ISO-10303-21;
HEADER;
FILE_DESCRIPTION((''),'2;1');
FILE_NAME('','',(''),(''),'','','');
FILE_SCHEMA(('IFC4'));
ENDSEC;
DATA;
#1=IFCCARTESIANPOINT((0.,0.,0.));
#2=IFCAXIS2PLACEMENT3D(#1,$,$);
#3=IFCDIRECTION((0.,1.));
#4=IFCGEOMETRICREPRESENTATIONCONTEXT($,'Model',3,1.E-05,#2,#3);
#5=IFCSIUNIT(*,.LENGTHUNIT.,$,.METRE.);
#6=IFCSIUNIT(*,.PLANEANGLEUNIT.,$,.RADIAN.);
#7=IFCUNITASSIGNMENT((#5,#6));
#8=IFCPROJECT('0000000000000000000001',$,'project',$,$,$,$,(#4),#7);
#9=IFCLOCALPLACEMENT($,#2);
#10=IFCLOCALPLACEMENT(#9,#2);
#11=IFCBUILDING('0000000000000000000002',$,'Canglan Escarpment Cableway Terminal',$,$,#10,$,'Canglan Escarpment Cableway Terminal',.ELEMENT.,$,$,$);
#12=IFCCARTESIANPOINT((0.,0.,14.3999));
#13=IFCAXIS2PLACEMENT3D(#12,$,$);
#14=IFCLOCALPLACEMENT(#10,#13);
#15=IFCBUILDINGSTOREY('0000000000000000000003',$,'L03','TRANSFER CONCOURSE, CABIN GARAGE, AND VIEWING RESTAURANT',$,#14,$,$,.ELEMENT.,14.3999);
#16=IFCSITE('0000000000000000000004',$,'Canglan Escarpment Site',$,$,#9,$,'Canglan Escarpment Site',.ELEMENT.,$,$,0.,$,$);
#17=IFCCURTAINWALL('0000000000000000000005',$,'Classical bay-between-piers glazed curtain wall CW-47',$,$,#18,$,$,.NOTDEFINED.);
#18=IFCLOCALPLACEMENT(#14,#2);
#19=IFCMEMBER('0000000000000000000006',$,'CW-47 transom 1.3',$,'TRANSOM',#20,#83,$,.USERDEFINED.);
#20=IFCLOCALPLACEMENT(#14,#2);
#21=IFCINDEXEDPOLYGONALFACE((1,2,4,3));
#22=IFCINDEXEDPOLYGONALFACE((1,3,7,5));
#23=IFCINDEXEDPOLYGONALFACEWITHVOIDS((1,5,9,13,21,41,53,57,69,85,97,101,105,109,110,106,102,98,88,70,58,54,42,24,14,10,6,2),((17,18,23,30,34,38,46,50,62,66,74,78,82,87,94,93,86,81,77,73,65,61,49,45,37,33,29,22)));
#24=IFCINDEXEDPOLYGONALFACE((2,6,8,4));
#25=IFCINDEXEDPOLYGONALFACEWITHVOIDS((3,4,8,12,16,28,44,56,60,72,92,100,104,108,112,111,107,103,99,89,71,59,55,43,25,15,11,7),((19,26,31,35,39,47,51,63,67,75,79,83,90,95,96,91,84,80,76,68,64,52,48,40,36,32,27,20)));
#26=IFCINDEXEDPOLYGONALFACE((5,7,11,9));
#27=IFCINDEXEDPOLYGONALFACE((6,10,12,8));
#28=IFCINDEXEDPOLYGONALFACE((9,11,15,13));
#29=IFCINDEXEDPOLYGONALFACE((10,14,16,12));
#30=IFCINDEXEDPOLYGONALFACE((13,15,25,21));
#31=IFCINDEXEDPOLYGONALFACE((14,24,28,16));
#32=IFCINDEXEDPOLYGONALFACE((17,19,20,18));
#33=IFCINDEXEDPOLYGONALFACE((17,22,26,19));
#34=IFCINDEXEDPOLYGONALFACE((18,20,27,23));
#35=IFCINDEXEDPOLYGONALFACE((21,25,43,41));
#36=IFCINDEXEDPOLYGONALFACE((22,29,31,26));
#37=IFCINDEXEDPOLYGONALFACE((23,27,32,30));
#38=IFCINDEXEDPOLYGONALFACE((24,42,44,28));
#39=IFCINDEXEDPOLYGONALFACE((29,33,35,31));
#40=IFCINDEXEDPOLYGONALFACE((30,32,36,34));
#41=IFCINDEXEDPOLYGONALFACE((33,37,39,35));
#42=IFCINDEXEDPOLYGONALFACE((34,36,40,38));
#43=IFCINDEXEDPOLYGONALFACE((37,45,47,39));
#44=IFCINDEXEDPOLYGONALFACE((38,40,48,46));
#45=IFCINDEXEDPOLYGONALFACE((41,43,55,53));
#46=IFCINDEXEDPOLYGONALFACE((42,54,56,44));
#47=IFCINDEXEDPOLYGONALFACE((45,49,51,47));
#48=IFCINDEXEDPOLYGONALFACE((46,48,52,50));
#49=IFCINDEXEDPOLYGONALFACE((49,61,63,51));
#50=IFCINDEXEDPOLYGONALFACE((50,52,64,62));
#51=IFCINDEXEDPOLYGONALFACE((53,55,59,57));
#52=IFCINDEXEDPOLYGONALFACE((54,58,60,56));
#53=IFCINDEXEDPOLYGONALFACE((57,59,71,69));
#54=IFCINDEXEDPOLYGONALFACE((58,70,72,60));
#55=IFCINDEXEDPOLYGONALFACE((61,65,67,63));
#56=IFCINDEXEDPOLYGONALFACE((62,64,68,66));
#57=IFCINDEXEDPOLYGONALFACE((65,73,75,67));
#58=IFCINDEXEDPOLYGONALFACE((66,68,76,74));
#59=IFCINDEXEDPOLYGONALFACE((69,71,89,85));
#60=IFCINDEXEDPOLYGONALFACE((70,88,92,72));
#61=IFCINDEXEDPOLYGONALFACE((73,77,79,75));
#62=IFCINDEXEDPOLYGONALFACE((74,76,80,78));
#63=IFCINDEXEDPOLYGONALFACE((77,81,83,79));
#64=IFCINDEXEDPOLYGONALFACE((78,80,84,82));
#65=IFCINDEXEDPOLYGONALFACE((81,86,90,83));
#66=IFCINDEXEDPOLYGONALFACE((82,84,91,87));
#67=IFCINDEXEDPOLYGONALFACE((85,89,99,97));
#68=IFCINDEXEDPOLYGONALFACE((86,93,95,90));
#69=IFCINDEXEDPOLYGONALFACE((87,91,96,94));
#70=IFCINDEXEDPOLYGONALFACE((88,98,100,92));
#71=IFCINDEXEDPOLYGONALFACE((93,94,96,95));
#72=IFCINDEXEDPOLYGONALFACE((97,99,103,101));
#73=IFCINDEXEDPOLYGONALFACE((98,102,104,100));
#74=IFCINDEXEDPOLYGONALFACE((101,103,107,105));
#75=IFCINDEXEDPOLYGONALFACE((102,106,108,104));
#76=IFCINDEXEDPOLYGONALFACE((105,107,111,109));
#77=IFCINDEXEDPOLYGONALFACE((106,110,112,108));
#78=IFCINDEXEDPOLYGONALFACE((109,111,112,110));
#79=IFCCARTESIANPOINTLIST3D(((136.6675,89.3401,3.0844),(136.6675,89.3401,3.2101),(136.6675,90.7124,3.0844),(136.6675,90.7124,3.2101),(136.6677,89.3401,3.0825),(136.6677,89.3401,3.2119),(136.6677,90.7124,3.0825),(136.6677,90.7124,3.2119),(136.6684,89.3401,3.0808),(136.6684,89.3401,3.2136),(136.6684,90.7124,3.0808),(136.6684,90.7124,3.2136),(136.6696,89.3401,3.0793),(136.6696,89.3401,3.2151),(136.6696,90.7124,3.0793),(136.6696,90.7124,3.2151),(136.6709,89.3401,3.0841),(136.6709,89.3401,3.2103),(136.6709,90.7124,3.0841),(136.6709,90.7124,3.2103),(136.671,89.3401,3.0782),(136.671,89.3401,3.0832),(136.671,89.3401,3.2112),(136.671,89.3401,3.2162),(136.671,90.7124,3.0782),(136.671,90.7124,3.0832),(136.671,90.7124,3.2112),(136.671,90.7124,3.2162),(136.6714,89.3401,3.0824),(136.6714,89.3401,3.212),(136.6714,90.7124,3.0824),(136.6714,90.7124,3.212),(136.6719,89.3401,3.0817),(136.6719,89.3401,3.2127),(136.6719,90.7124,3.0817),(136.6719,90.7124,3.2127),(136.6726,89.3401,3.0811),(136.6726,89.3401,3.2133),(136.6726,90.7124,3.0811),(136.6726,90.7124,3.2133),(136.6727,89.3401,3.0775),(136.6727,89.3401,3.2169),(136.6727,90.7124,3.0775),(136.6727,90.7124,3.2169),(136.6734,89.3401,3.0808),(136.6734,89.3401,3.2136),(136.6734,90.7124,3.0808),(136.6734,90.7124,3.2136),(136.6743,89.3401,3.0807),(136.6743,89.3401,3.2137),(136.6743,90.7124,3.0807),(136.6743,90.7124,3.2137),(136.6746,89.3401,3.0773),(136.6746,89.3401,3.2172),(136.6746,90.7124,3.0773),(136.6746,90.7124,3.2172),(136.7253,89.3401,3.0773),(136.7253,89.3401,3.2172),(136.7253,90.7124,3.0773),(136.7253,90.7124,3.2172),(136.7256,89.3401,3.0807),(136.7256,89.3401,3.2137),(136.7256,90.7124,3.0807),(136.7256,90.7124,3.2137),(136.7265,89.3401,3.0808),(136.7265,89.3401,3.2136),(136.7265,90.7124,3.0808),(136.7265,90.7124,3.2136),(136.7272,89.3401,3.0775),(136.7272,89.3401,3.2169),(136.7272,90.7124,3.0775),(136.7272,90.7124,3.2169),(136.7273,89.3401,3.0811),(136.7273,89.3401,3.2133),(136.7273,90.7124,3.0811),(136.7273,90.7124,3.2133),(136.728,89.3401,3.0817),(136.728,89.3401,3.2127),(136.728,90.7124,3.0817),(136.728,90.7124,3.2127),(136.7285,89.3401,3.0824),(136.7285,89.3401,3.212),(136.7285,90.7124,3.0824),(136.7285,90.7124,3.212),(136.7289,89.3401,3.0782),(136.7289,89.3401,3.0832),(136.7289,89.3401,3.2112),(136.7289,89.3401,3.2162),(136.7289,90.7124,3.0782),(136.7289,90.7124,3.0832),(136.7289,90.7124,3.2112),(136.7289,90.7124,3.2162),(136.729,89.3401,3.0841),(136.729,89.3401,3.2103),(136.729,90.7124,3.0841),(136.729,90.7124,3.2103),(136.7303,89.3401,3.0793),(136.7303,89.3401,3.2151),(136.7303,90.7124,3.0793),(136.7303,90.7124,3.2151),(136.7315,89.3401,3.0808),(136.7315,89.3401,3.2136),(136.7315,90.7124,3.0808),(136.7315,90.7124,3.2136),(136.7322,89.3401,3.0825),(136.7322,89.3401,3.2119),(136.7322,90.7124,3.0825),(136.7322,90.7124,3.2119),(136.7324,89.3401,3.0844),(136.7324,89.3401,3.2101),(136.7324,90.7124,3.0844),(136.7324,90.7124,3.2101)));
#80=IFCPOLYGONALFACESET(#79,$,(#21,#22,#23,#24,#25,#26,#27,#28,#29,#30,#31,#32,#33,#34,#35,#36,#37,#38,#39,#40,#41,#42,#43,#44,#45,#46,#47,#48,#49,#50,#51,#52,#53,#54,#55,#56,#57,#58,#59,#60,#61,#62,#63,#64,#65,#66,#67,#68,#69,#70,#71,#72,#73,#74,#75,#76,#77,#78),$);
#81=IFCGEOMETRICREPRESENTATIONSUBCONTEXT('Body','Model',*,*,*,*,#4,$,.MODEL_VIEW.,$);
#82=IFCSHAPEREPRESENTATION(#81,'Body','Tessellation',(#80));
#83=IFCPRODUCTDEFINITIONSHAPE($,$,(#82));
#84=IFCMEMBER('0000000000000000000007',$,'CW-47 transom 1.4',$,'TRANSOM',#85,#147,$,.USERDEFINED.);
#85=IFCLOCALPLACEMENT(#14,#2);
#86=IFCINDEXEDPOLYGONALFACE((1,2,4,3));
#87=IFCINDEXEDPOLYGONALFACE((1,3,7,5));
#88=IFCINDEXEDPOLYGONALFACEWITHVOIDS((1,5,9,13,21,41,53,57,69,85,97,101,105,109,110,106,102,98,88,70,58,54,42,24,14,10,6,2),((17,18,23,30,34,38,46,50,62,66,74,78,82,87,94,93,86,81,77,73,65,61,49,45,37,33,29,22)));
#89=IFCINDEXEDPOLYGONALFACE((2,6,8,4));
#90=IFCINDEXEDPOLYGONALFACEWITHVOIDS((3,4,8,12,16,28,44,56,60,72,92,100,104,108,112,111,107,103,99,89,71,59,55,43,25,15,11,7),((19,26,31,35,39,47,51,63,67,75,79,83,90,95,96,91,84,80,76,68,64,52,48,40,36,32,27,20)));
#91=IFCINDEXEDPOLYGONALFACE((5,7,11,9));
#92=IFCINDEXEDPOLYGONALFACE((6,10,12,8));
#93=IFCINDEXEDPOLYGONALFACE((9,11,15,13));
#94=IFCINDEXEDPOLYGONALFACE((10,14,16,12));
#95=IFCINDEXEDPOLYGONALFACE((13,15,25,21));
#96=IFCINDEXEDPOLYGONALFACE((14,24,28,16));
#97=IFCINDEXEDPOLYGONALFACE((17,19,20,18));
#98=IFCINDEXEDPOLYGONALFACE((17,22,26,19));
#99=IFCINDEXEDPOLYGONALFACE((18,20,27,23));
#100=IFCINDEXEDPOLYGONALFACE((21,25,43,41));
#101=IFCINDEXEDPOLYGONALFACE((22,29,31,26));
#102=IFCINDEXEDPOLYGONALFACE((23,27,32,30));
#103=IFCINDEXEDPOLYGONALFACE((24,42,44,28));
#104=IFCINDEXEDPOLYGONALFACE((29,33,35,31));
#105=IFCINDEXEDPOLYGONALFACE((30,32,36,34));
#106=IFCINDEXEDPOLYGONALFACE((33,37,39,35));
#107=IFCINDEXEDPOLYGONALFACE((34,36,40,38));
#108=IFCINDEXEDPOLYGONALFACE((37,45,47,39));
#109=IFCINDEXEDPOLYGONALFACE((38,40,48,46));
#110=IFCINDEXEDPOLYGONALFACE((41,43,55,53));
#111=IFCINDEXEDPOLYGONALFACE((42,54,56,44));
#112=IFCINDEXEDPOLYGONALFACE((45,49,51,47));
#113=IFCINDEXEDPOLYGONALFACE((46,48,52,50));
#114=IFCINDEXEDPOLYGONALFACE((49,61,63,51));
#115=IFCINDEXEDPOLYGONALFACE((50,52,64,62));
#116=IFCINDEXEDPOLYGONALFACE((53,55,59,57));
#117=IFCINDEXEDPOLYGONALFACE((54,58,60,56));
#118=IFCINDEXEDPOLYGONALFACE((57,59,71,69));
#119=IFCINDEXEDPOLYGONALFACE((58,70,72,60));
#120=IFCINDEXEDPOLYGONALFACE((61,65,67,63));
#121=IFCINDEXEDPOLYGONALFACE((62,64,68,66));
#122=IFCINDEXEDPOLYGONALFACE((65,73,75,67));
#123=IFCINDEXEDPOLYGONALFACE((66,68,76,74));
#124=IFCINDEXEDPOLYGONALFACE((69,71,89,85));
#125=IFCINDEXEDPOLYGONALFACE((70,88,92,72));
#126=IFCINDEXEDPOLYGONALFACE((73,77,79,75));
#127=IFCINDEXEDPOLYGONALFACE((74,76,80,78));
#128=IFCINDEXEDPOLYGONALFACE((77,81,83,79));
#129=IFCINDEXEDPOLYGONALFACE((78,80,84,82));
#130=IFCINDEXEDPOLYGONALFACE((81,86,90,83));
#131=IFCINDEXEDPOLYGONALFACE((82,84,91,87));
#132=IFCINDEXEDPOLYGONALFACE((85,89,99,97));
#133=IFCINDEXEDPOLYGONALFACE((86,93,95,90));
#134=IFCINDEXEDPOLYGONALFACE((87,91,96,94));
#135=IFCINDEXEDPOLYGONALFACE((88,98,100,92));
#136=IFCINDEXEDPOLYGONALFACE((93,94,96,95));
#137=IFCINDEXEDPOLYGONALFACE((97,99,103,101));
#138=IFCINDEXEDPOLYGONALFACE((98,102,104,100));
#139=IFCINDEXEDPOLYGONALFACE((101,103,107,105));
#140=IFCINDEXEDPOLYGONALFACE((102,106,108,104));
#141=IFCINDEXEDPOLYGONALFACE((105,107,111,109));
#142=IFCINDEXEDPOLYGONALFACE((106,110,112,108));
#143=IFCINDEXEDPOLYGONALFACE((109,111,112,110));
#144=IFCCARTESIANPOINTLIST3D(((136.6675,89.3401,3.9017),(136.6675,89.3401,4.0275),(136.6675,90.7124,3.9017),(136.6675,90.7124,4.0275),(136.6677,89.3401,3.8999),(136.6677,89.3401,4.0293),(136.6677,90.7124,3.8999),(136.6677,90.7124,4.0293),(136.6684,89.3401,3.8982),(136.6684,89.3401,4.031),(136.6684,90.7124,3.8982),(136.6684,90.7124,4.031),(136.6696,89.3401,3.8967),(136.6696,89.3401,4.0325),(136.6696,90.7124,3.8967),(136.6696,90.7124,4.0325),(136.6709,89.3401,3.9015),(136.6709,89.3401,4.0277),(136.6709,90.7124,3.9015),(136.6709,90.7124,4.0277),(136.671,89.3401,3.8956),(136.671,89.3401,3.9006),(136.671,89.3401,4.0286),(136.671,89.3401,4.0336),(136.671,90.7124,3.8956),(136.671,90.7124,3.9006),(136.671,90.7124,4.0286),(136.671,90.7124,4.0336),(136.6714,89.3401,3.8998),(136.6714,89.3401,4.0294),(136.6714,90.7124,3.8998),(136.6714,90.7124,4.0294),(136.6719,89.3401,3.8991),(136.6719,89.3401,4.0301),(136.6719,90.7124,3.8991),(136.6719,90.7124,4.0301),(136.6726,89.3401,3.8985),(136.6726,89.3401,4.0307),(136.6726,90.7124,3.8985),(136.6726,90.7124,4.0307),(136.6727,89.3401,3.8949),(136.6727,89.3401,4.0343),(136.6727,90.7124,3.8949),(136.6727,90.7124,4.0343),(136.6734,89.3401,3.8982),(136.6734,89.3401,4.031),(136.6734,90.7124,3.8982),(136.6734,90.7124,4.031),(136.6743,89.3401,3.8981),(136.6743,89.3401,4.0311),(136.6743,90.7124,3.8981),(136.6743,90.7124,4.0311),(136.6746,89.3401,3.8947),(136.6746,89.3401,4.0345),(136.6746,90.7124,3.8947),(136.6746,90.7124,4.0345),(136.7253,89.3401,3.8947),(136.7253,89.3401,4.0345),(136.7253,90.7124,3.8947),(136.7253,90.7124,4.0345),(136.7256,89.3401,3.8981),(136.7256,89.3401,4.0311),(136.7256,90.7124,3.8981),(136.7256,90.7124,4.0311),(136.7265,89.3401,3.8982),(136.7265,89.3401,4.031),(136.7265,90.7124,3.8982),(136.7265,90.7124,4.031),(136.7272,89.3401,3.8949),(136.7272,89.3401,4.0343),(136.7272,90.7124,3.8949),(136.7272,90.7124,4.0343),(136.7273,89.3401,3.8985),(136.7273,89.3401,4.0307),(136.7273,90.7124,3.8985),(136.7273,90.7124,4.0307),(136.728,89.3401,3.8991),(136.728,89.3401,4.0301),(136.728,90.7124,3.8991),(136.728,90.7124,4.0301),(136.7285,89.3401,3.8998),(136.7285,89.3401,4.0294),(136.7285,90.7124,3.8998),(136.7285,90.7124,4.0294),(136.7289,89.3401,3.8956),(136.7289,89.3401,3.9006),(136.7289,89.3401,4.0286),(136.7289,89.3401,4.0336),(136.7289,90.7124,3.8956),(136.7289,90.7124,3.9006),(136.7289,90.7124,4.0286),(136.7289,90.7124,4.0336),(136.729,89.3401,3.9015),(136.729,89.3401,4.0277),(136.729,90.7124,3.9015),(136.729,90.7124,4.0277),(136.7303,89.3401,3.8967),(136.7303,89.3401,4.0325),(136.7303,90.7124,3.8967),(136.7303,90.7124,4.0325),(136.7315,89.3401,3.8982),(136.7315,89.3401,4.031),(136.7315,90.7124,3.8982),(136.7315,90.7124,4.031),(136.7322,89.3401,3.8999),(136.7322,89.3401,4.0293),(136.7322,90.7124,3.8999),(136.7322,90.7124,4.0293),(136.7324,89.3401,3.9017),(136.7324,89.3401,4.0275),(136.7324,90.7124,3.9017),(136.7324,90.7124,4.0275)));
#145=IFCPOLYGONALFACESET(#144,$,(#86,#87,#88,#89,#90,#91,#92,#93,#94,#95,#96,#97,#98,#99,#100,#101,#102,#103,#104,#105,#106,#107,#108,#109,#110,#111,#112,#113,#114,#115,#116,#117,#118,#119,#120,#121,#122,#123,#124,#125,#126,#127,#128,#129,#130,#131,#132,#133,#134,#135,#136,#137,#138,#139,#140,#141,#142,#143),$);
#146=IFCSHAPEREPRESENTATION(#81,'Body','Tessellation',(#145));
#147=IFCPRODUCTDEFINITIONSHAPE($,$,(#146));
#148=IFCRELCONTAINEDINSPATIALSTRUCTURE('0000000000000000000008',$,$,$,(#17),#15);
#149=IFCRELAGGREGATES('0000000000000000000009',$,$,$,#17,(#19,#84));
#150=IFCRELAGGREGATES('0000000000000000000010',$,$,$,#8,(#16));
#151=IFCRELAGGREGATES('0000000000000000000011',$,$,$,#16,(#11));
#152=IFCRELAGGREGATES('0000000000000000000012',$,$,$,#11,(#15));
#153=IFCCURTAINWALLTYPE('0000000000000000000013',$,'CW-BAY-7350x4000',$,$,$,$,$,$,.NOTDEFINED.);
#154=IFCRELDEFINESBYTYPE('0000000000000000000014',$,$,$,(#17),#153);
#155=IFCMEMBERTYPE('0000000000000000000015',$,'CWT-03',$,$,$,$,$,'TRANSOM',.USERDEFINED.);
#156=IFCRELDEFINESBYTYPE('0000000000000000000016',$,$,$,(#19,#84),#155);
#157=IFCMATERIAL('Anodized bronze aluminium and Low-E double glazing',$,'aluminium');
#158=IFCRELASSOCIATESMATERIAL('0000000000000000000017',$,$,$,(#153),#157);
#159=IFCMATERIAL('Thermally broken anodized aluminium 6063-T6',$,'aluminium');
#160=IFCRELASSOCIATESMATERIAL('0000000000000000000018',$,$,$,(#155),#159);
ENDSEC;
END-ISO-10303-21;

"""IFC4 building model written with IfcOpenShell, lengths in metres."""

from ifc_helpers import new_model, si_unit, direction, frame, origin, origin_2d, place, context, subcontext, project, spatial, hollow_rectangle, extrude, material, material_profile, profile_set, type_object, element, aggregate, save


model = new_model("IFC4")

# Units and contexts
model_context = context("Model", 3, precision=1e-05, world=origin(), true_north=direction((0.0, 1.0)))
body_context = subcontext(model_context, "Body", "Model", "MODEL_VIEW")
ifc_project = project(units=[si_unit("LENGTHUNIT", "METRE"), si_unit("PLANEANGLEUNIT", "RADIAN")], contexts=[model_context])

# Site, building, storey
site_placement = place(None, origin())
site = spatial("IfcSite", under=ifc_project, at=site_placement, Name="Canglan Escarpment Site", LongName="Canglan Escarpment Site", CompositionType="ELEMENT", RefElevation=0.0)
building_placement = place(site_placement, origin())
building = spatial("IfcBuilding", under=site, at=building_placement, Name="Canglan Escarpment Cableway Terminal", LongName="Canglan Escarpment Cableway Terminal", CompositionType="ELEMENT")
storey_placement = place(building_placement, frame((0.0, 0.0, 14.3999)))
storey = spatial("IfcBuildingStorey", under=building, at=storey_placement, Name="L03", Description="TRANSFER CONCOURSE, CABIN GARAGE, AND VIEWING RESTAURANT", CompositionType="ELEMENT", Elevation=14.3999)

# Curtain wall, members
ifc_material_1 = material(Name="Anodized bronze aluminium and Low-E double glazing", Category="aluminium")
curtain_wall_type = type_object("IfcCurtainWallType", Name="CW-BAY-7350x4000", PredefinedType="NOTDEFINED", material=ifc_material_1)
curtain_wall_placement = place(storey_placement, origin())
curtain_wall = element("IfcCurtainWall", 1, at=curtain_wall_placement, inside=storey, type_object=curtain_wall_type, Name="Classical bay-between-piers glazed curtain wall CW-47", PredefinedType="NOTDEFINED")
ifc_material_2 = material(Name="Thermally broken anodized aluminium 6063-T6", Category="aluminium")
ifc_material_profile_1 = material_profile(ifc_material_2, hollow_rectangle(XDim=0.0649, YDim=0.1399, WallThickness=0.0034, InnerFilletRadius=0.0034, OuterFilletRadius=0.0071, at=origin_2d()), Name="ALU-TRAN 65x140x3.5")
ifc_profile_set_1 = profile_set([ifc_material_profile_1], Name="Thermally broken anodized aluminium 6063-T6")
member_type_1 = type_object("IfcMemberType", Name="CWT-03", ElementType="TRANSOM", PredefinedType="USERDEFINED", material=ifc_profile_set_1)
member_1_placement = place(storey_placement, frame((136.7, 89.3401, 3.1472), z_axis=(0.0, 1.0, 0.0), x_axis=(-1.0, 0.0, 0.0)))
member_1 = element("IfcMember", 2, at=member_1_placement, type_object=member_type_1, Name="CW-47 transom 1.3", ObjectType="TRANSOM", PredefinedType="USERDEFINED", context=body_context, shape_type="SweptSolid", body=[
    extrude(hollow_rectangle(XDim=0.0649, YDim=0.1399, WallThickness=0.0034, InnerFilletRadius=0.0034, OuterFilletRadius=0.0071, at=origin_2d()), origin(), (0.0, 0.0, 1.0), 1.3723),
])
member_2_placement = place(storey_placement, frame((136.7, 89.3401, 3.9646), z_axis=(0.0, 1.0, 0.0), x_axis=(-1.0, 0.0, 0.0)))
member_2 = element("IfcMember", 3, at=member_2_placement, type_object=member_type_1, Name="CW-47 transom 1.4", ObjectType="TRANSOM", PredefinedType="USERDEFINED", context=body_context, shape_type="SweptSolid", body=[
    extrude(hollow_rectangle(XDim=0.0649, YDim=0.1399, WallThickness=0.0034, InnerFilletRadius=0.0034, OuterFilletRadius=0.0071, at=origin_2d()), origin(), (0.0, 0.0, 1.0), 1.3723),
])
aggregate(curtain_wall, [member_1, member_2])

save(model, "model.ifc")
